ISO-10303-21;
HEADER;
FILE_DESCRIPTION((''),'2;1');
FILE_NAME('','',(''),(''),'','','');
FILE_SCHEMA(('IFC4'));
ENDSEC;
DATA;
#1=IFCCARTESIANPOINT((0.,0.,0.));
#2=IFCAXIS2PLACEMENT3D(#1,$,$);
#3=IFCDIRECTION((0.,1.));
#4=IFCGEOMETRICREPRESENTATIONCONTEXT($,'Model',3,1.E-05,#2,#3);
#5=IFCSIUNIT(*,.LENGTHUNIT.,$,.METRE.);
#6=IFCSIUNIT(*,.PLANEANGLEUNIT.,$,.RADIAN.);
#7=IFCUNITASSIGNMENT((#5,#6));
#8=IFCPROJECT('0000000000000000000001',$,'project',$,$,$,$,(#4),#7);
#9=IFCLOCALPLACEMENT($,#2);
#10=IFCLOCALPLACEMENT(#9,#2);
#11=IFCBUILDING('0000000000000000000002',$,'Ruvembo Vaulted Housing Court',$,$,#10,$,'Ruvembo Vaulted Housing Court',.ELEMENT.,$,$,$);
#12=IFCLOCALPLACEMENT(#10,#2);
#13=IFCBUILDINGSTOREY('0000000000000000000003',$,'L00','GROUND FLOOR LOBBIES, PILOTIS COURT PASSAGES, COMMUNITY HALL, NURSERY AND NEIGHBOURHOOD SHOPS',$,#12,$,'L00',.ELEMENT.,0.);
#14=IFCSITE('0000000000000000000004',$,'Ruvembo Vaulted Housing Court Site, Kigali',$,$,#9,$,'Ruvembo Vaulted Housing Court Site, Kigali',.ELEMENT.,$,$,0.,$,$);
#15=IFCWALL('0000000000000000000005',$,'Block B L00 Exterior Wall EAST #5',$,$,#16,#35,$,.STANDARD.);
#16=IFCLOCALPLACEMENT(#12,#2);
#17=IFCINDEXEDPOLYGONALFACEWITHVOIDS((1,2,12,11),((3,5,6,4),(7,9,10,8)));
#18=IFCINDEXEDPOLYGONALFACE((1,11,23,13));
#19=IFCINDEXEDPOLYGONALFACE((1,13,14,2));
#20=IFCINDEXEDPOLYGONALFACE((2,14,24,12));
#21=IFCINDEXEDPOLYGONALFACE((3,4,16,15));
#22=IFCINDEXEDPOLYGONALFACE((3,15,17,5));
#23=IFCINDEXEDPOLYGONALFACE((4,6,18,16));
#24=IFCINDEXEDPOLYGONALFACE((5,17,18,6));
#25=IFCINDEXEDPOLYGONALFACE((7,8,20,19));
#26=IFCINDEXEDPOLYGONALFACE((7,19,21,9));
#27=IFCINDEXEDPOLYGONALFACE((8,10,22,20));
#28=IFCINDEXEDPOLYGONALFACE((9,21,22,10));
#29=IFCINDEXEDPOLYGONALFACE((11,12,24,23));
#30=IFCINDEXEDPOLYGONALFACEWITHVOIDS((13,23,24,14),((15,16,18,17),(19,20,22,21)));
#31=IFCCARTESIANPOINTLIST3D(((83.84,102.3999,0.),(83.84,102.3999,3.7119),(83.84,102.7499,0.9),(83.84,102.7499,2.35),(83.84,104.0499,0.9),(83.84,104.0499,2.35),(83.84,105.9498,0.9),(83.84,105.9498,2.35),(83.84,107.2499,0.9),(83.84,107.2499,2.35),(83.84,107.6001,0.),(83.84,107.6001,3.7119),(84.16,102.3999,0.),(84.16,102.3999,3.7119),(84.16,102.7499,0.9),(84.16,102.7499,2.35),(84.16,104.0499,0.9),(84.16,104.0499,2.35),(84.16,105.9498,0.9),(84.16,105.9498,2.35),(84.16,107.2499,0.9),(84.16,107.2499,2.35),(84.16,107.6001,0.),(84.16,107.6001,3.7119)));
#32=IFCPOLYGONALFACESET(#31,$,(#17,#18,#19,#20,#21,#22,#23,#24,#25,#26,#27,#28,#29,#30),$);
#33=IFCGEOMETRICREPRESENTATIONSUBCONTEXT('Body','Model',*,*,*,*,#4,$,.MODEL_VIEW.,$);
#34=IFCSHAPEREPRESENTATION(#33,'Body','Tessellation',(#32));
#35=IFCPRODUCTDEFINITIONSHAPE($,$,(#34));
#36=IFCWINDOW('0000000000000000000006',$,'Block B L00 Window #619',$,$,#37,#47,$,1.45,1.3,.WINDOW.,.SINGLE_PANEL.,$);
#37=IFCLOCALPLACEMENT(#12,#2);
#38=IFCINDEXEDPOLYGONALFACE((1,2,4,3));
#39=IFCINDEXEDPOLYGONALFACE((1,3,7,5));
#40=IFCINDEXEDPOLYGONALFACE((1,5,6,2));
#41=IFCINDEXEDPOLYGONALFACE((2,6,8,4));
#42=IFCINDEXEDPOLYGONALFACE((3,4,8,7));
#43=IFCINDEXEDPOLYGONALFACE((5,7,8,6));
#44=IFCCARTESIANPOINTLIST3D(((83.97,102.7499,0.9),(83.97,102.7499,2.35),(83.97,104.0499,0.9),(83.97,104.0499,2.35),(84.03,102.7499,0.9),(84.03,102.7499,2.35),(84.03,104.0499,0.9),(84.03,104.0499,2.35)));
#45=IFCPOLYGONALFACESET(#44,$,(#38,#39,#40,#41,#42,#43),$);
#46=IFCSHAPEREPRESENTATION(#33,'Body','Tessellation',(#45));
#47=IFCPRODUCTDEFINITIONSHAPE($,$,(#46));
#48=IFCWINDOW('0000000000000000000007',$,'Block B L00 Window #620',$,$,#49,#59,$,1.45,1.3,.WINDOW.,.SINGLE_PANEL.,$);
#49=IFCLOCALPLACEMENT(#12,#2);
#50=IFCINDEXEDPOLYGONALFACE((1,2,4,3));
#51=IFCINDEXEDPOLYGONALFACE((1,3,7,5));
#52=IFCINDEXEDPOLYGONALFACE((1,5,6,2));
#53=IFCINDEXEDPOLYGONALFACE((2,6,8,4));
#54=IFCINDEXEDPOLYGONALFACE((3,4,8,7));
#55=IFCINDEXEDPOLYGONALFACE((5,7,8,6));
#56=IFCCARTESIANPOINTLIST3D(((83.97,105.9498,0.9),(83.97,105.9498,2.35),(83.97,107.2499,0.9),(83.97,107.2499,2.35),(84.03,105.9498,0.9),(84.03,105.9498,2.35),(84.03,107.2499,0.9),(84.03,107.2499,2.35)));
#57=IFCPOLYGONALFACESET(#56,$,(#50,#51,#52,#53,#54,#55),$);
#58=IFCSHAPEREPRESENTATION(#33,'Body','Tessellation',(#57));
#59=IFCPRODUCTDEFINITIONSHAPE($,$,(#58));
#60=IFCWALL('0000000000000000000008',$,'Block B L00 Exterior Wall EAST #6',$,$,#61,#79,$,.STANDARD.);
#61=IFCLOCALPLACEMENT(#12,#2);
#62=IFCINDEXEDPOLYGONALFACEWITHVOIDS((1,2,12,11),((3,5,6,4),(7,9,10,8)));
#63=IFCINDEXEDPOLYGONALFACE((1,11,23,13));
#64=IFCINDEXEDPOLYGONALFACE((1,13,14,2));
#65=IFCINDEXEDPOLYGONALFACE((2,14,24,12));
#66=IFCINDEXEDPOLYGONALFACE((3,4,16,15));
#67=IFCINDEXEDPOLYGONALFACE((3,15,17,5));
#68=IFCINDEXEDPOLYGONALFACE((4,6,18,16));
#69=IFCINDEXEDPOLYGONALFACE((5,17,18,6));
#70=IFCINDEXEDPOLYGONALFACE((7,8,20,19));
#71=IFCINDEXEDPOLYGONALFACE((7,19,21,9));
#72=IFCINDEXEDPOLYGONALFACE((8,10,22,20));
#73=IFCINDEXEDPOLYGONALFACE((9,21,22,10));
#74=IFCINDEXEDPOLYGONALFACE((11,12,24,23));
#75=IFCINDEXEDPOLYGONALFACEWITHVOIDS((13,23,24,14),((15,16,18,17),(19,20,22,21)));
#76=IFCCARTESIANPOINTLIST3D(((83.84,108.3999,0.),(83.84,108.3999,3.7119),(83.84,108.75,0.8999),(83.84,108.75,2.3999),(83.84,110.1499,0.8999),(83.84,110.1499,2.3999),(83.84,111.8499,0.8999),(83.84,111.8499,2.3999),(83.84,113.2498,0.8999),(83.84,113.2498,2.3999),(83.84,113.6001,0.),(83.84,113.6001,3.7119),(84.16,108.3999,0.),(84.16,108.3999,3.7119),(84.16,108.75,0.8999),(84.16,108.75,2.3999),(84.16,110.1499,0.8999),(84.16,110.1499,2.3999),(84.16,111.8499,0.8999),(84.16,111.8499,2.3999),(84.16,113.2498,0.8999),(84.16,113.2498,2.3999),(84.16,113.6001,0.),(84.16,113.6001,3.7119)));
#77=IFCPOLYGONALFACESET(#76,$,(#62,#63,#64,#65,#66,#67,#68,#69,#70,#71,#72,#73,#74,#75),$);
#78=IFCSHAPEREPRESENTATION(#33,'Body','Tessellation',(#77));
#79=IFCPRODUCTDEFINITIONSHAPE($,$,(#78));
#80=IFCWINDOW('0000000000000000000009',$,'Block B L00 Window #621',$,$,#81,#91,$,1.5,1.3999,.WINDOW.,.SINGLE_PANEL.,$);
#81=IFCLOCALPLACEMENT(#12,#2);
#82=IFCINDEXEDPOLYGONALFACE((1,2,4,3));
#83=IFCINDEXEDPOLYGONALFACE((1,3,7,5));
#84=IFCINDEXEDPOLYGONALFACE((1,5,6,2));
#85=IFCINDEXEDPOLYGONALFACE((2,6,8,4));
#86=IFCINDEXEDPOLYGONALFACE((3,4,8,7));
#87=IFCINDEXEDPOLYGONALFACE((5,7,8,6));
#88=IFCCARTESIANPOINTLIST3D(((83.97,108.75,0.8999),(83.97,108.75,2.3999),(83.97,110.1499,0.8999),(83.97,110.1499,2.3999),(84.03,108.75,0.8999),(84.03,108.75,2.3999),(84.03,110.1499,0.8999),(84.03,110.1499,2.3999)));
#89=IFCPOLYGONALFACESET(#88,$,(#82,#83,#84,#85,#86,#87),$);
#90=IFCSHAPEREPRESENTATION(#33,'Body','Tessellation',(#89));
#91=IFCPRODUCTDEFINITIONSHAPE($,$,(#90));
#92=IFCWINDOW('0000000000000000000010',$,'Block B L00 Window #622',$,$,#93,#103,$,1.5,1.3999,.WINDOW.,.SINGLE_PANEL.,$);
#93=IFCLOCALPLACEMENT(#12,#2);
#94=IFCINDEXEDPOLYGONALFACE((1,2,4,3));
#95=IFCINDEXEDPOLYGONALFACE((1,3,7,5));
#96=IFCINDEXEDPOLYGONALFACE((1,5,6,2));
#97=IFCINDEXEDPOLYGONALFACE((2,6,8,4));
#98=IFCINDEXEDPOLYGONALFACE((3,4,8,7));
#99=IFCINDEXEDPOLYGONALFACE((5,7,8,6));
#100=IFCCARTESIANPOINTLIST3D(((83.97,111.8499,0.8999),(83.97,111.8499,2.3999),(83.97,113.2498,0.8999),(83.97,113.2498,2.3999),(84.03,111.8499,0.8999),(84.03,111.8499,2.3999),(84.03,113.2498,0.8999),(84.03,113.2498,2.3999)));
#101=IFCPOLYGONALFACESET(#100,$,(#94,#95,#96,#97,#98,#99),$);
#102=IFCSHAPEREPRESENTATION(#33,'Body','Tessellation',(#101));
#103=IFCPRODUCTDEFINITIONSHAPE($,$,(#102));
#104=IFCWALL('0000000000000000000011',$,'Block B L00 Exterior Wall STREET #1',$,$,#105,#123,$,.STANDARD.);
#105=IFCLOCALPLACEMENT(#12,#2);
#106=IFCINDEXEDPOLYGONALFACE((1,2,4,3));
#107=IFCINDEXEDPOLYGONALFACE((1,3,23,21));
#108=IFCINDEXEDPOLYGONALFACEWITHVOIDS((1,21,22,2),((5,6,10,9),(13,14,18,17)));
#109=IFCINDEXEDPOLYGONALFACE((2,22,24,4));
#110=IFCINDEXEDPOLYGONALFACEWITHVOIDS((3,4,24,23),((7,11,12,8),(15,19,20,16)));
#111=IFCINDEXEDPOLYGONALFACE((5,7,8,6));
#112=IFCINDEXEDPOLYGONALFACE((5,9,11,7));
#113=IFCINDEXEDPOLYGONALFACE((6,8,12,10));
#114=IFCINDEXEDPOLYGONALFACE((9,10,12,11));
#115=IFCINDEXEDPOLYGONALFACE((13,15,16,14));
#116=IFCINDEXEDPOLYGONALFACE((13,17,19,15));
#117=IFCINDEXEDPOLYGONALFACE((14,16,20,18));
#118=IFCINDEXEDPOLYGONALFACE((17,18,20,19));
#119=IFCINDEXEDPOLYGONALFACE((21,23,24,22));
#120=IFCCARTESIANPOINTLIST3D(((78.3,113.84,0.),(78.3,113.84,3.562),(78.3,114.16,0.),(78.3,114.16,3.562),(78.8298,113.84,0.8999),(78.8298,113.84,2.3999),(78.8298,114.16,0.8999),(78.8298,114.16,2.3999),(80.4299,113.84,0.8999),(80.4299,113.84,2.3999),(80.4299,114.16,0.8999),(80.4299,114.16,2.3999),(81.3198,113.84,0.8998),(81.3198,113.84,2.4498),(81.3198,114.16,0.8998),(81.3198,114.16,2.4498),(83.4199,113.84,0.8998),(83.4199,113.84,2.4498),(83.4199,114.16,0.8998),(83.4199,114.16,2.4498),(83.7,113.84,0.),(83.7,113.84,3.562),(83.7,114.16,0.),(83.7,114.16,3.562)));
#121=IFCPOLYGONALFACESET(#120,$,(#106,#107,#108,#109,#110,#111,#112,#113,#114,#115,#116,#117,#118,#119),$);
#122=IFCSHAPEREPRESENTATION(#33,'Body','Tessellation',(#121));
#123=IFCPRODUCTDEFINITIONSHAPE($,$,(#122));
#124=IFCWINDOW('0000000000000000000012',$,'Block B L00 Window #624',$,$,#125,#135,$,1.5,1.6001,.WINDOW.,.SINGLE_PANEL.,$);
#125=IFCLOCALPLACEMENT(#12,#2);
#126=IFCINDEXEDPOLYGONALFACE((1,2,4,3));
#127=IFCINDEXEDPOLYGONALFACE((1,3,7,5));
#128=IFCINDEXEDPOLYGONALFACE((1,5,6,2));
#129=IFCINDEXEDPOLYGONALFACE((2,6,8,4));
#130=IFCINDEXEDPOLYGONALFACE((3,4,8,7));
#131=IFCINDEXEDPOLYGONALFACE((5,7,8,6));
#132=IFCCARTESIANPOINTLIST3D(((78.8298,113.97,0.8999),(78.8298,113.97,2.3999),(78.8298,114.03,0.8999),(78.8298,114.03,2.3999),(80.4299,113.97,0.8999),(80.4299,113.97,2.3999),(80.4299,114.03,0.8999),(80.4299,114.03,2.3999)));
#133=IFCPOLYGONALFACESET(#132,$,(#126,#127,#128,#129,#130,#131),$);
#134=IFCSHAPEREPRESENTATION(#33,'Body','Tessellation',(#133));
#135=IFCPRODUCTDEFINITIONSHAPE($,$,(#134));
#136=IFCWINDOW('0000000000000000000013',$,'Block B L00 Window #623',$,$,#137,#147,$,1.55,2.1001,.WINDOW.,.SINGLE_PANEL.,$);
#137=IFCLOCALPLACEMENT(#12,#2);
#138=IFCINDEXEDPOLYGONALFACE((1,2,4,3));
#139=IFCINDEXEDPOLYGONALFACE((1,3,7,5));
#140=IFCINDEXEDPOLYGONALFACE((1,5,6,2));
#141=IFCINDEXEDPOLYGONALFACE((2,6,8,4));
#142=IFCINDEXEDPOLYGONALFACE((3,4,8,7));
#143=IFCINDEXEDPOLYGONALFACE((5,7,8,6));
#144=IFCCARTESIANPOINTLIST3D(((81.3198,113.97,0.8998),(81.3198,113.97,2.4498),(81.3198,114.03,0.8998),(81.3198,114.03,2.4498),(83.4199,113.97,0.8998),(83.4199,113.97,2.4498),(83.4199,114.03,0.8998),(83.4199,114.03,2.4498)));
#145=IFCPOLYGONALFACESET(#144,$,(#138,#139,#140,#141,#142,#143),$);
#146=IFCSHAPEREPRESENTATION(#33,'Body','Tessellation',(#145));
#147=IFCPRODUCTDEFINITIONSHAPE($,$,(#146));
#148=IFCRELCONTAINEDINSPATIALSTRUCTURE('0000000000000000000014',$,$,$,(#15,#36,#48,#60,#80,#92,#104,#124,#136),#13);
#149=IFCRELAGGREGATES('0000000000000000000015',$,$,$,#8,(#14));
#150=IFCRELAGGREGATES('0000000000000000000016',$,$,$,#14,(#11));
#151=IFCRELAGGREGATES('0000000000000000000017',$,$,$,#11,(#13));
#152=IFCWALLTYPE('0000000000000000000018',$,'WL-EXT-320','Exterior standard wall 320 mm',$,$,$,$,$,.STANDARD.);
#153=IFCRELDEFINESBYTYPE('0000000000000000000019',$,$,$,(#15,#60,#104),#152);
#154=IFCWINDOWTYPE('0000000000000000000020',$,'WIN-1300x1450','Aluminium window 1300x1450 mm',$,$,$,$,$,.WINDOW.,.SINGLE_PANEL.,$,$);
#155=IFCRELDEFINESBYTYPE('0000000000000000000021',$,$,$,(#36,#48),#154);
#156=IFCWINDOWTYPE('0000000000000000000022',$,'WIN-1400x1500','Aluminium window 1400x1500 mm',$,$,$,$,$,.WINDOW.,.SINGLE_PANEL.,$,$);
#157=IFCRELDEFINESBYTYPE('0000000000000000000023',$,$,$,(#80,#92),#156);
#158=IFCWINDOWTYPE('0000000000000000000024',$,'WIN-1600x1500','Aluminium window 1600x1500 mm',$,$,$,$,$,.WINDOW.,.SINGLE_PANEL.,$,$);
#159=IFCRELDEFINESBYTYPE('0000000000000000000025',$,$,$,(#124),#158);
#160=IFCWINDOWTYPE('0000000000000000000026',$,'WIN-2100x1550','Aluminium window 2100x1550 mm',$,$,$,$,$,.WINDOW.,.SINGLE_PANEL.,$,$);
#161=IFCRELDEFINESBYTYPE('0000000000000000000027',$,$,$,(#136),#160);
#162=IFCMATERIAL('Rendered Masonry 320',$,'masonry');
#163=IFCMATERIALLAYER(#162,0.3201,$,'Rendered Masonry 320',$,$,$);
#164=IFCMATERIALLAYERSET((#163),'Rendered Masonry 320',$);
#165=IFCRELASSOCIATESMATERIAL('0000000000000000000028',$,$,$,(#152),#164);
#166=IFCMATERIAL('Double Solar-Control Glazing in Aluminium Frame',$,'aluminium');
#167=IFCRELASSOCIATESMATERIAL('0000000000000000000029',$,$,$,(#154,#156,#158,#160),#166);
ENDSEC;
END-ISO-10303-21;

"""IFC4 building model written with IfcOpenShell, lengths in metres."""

from ifc_helpers import new_model, si_unit, direction, frame, frame_2d, origin, place, context, subcontext, project, spatial, rectangle, extrude, material, layer, layer_set, type_object, element, fill, save


model = new_model("IFC4")

# Units and contexts
model_context = context("Model", 3, precision=1e-05, world=origin(), true_north=direction((0.0, 1.0)))
body_context = subcontext(model_context, "Body", "Model", "MODEL_VIEW")
ifc_project = project(units=[si_unit("LENGTHUNIT", "METRE"), si_unit("PLANEANGLEUNIT", "RADIAN")], contexts=[model_context])

# Site, building, storey
site_placement = place(None, origin())
site = spatial("IfcSite", under=ifc_project, at=site_placement, Name="Ruvembo Vaulted Housing Court Site, Kigali", LongName="Ruvembo Vaulted Housing Court Site, Kigali", CompositionType="ELEMENT", RefElevation=0.0)
building_placement = place(site_placement, origin())
building = spatial("IfcBuilding", under=site, at=building_placement, Name="Ruvembo Vaulted Housing Court", LongName="Ruvembo Vaulted Housing Court", CompositionType="ELEMENT")
storey_placement = place(building_placement, origin())
storey = spatial("IfcBuildingStorey", under=building, at=storey_placement, Name="L00", Description="GROUND FLOOR LOBBIES, PILOTIS COURT PASSAGES, COMMUNITY HALL, NURSERY AND NEIGHBOURHOOD SHOPS", LongName="L00", CompositionType="ELEMENT", Elevation=0.0)

# Walls, openings, windows
ifc_material_1 = material(Name="Rendered Masonry 320", Category="masonry")
ifc_layer = layer(ifc_material_1, 0.3201, Name="Rendered Masonry 320")
ifc_layer_set = layer_set([ifc_layer], Name="Rendered Masonry 320")
wall_type = type_object("IfcWallType", Name="WL-EXT-320", Description="Exterior standard wall 320 mm", PredefinedType="STANDARD", material=ifc_layer_set)
wall_1_placement = place(storey_placement, frame((84.0, 102.3999, 0.0), z_axis=(0.0, 0.0, 1.0), x_axis=(0.0, 1.0, 0.0)))
wall_1 = element("IfcWall", 1, at=wall_1_placement, inside=storey, type_object=wall_type, Name="Block B L00 Exterior Wall EAST #5", PredefinedType="STANDARD", context=body_context, shape_type="SweptSolid", body=[
    extrude(rectangle(XDim=5.2002, YDim=0.3201, at=frame_2d((2.6001, 0.0))), origin(), (0.0, 0.0, 1.0), 3.7119),
])
opening_1_placement = place(wall_1_placement, frame((0.3501, 0.0, 0.8999)))
opening_1 = element("IfcOpeningElement", 2, at=opening_1_placement, cuts=wall_1, PredefinedType="OPENING", context=body_context, shape_type="SweptSolid", body=[
    extrude(rectangle(XDim=1.3, YDim=1.45, at=frame_2d((0.6499, 0.7251))), frame((0.0, 0.1699, 0.0), z_axis=(0.0, -1.0, 0.0), x_axis=(1.0, 0.0, 0.0)), (0.0, 0.0, 1.0), 0.3401),
])
opening_2_placement = place(wall_1_placement, frame((3.55, 0.0, 0.8999)))
opening_2 = element("IfcOpeningElement", 3, at=opening_2_placement, cuts=wall_1, PredefinedType="OPENING", context=body_context, shape_type="SweptSolid", body=[
    extrude(rectangle(XDim=1.3, YDim=1.45, at=frame_2d((0.6499, 0.7251))), frame((0.0, 0.1699, 0.0), z_axis=(0.0, -1.0, 0.0), x_axis=(1.0, 0.0, 0.0)), (0.0, 0.0, 1.0), 0.3401),
])
ifc_material_2 = material(Name="Double Solar-Control Glazing in Aluminium Frame", Category="aluminium")
window_type_1 = type_object("IfcWindowType", Name="WIN-1300x1450", Description="Aluminium window 1300x1450 mm", PartitioningType="SINGLE_PANEL", PredefinedType="WINDOW", material=ifc_material_2)
window_1_placement = place(opening_1_placement, origin())
window_1 = element("IfcWindow", 4, at=window_1_placement, inside=storey, type_object=window_type_1, Name="Block B L00 Window #619", OverallHeight=1.45, OverallWidth=1.3, PartitioningType="SINGLE_PANEL", PredefinedType="WINDOW", context=body_context, shape_type="SweptSolid", body=[
    extrude(rectangle(XDim=1.3, YDim=1.45, at=frame_2d((0.6499, 0.7251))), frame((0.0, 0.03, 0.0), z_axis=(0.0, -1.0, 0.0), x_axis=(1.0, 0.0, 0.0)), (0.0, 0.0, 1.0), 0.0601),
])
fill(opening_1, window_1)
window_2_placement = place(opening_2_placement, origin())
window_2 = element("IfcWindow", 5, at=window_2_placement, inside=storey, type_object=window_type_1, Name="Block B L00 Window #620", OverallHeight=1.45, OverallWidth=1.3, PartitioningType="SINGLE_PANEL", PredefinedType="WINDOW", context=body_context, shape_type="SweptSolid", body=[
    extrude(rectangle(XDim=1.3, YDim=1.45, at=frame_2d((0.6499, 0.7251))), frame((0.0, 0.03, 0.0), z_axis=(0.0, -1.0, 0.0), x_axis=(1.0, 0.0, 0.0)), (0.0, 0.0, 1.0), 0.0601),
])
fill(opening_2, window_2)
wall_2_placement = place(storey_placement, frame((84.0, 108.3999, 0.0), z_axis=(0.0, 0.0, 1.0), x_axis=(0.0, 1.0, 0.0)))
wall_2 = element("IfcWall", 6, at=wall_2_placement, inside=storey, type_object=wall_type, Name="Block B L00 Exterior Wall EAST #6", PredefinedType="STANDARD", context=body_context, shape_type="SweptSolid", body=[
    extrude(rectangle(XDim=5.2002, YDim=0.3201, at=frame_2d((2.6001, 0.0))), origin(), (0.0, 0.0, 1.0), 3.7119),
])
opening_3_placement = place(wall_2_placement, frame((0.3501, 0.0, 0.8999)))
opening_3 = element("IfcOpeningElement", 7, at=opening_3_placement, cuts=wall_2, PredefinedType="OPENING", context=body_context, shape_type="SweptSolid", body=[
    extrude(rectangle(XDim=1.3999, YDim=1.5, at=frame_2d((0.7, 0.75))), frame((0.0, 0.1699, 0.0), z_axis=(0.0, -1.0, 0.0), x_axis=(1.0, 0.0, 0.0)), (0.0, 0.0, 1.0), 0.3401),
])
opening_4_placement = place(wall_2_placement, frame((3.45, 0.0, 0.8999)))
opening_4 = element("IfcOpeningElement", 8, at=opening_4_placement, cuts=wall_2, PredefinedType="OPENING", context=body_context, shape_type="SweptSolid", body=[
    extrude(rectangle(XDim=1.3999, YDim=1.5, at=frame_2d((0.7, 0.75))), frame((0.0, 0.1699, 0.0), z_axis=(0.0, -1.0, 0.0), x_axis=(1.0, 0.0, 0.0)), (0.0, 0.0, 1.0), 0.3401),
])
window_type_2 = type_object("IfcWindowType", Name="WIN-1400x1500", Description="Aluminium window 1400x1500 mm", PartitioningType="SINGLE_PANEL", PredefinedType="WINDOW", material=ifc_material_2)
window_3_placement = place(opening_3_placement, origin())
window_3 = element("IfcWindow", 9, at=window_3_placement, inside=storey, type_object=window_type_2, Name="Block B L00 Window #621", OverallHeight=1.5, OverallWidth=1.3999, PartitioningType="SINGLE_PANEL", PredefinedType="WINDOW", context=body_context, shape_type="SweptSolid", body=[
    extrude(rectangle(XDim=1.3999, YDim=1.5, at=frame_2d((0.7, 0.75))), frame((0.0, 0.03, 0.0), z_axis=(0.0, -1.0, 0.0), x_axis=(1.0, 0.0, 0.0)), (0.0, 0.0, 1.0), 0.0601),
])
fill(opening_3, window_3)
window_4_placement = place(opening_4_placement, origin())
window_4 = element("IfcWindow", 10, at=window_4_placement, inside=storey, type_object=window_type_2, Name="Block B L00 Window #622", OverallHeight=1.5, OverallWidth=1.3999, PartitioningType="SINGLE_PANEL", PredefinedType="WINDOW", context=body_context, shape_type="SweptSolid", body=[
    extrude(rectangle(XDim=1.3999, YDim=1.5, at=frame_2d((0.7, 0.75))), frame((0.0, 0.03, 0.0), z_axis=(0.0, -1.0, 0.0), x_axis=(1.0, 0.0, 0.0)), (0.0, 0.0, 1.0), 0.0601),
])
fill(opening_4, window_4)
wall_3_placement = place(storey_placement, frame((83.7, 114.0, 0.0), z_axis=(0.0, 0.0, 1.0), x_axis=(-1.0, 0.0, 0.0)))
wall_3 = element("IfcWall", 11, at=wall_3_placement, inside=storey, type_object=wall_type, Name="Block B L00 Exterior Wall STREET #1", PredefinedType="STANDARD", context=body_context, shape_type="SweptSolid", body=[
    extrude(rectangle(XDim=5.3999, YDim=0.3201, at=frame_2d((2.7, 0.0))), origin(), (0.0, 0.0, 1.0), 3.562),
])
opening_5_placement = place(wall_3_placement, frame((0.28, 0.0, 0.8999)))
opening_5 = element("IfcOpeningElement", 12, at=opening_5_placement, cuts=wall_3, PredefinedType="OPENING", context=body_context, shape_type="SweptSolid", body=[
    extrude(rectangle(XDim=2.1001, YDim=1.55, at=frame_2d((1.05, 0.7749))), frame((0.0, 0.1699, 0.0), z_axis=(0.0, -1.0, 0.0), x_axis=(1.0, 0.0, 0.0)), (0.0, 0.0, 1.0), 0.3401),
])
opening_6_placement = place(wall_3_placement, frame((3.27, 0.0, 0.8999)))
opening_6 = element("IfcOpeningElement", 13, at=opening_6_placement, cuts=wall_3, PredefinedType="OPENING", context=body_context, shape_type="SweptSolid", body=[
    extrude(rectangle(XDim=1.6001, YDim=1.5, at=frame_2d((0.8, 0.75))), frame((0.0, 0.1699, 0.0), z_axis=(0.0, -1.0, 0.0), x_axis=(1.0, 0.0, 0.0)), (0.0, 0.0, 1.0), 0.3401),
])
window_type_3 = type_object("IfcWindowType", Name="WIN-1600x1500", Description="Aluminium window 1600x1500 mm", PartitioningType="SINGLE_PANEL", PredefinedType="WINDOW", material=ifc_material_2)
window_5_placement = place(opening_6_placement, origin())
window_5 = element("IfcWindow", 14, at=window_5_placement, inside=storey, type_object=window_type_3, Name="Block B L00 Window #624", OverallHeight=1.5, OverallWidth=1.6001, PartitioningType="SINGLE_PANEL", PredefinedType="WINDOW", context=body_context, shape_type="SweptSolid", body=[
    extrude(rectangle(XDim=1.6001, YDim=1.5, at=frame_2d((0.8, 0.75))), frame((0.0, 0.03, 0.0), z_axis=(0.0, -1.0, 0.0), x_axis=(1.0, 0.0, 0.0)), (0.0, 0.0, 1.0), 0.0601),
])
fill(opening_6, window_5)
window_type_4 = type_object("IfcWindowType", Name="WIN-2100x1550", Description="Aluminium window 2100x1550 mm", PartitioningType="SINGLE_PANEL", PredefinedType="WINDOW", material=ifc_material_2)
window_6_placement = place(opening_5_placement, origin())
window_6 = element("IfcWindow", 15, at=window_6_placement, inside=storey, type_object=window_type_4, Name="Block B L00 Window #623", OverallHeight=1.55, OverallWidth=2.1001, PartitioningType="SINGLE_PANEL", PredefinedType="WINDOW", context=body_context, shape_type="SweptSolid", body=[
    extrude(rectangle(XDim=2.1001, YDim=1.55, at=frame_2d((1.05, 0.7749))), frame((0.0, 0.03, 0.0), z_axis=(0.0, -1.0, 0.0), x_axis=(1.0, 0.0, 0.0)), (0.0, 0.0, 1.0), 0.0601),
])
fill(opening_5, window_6)

save(model, "model.ifc")
